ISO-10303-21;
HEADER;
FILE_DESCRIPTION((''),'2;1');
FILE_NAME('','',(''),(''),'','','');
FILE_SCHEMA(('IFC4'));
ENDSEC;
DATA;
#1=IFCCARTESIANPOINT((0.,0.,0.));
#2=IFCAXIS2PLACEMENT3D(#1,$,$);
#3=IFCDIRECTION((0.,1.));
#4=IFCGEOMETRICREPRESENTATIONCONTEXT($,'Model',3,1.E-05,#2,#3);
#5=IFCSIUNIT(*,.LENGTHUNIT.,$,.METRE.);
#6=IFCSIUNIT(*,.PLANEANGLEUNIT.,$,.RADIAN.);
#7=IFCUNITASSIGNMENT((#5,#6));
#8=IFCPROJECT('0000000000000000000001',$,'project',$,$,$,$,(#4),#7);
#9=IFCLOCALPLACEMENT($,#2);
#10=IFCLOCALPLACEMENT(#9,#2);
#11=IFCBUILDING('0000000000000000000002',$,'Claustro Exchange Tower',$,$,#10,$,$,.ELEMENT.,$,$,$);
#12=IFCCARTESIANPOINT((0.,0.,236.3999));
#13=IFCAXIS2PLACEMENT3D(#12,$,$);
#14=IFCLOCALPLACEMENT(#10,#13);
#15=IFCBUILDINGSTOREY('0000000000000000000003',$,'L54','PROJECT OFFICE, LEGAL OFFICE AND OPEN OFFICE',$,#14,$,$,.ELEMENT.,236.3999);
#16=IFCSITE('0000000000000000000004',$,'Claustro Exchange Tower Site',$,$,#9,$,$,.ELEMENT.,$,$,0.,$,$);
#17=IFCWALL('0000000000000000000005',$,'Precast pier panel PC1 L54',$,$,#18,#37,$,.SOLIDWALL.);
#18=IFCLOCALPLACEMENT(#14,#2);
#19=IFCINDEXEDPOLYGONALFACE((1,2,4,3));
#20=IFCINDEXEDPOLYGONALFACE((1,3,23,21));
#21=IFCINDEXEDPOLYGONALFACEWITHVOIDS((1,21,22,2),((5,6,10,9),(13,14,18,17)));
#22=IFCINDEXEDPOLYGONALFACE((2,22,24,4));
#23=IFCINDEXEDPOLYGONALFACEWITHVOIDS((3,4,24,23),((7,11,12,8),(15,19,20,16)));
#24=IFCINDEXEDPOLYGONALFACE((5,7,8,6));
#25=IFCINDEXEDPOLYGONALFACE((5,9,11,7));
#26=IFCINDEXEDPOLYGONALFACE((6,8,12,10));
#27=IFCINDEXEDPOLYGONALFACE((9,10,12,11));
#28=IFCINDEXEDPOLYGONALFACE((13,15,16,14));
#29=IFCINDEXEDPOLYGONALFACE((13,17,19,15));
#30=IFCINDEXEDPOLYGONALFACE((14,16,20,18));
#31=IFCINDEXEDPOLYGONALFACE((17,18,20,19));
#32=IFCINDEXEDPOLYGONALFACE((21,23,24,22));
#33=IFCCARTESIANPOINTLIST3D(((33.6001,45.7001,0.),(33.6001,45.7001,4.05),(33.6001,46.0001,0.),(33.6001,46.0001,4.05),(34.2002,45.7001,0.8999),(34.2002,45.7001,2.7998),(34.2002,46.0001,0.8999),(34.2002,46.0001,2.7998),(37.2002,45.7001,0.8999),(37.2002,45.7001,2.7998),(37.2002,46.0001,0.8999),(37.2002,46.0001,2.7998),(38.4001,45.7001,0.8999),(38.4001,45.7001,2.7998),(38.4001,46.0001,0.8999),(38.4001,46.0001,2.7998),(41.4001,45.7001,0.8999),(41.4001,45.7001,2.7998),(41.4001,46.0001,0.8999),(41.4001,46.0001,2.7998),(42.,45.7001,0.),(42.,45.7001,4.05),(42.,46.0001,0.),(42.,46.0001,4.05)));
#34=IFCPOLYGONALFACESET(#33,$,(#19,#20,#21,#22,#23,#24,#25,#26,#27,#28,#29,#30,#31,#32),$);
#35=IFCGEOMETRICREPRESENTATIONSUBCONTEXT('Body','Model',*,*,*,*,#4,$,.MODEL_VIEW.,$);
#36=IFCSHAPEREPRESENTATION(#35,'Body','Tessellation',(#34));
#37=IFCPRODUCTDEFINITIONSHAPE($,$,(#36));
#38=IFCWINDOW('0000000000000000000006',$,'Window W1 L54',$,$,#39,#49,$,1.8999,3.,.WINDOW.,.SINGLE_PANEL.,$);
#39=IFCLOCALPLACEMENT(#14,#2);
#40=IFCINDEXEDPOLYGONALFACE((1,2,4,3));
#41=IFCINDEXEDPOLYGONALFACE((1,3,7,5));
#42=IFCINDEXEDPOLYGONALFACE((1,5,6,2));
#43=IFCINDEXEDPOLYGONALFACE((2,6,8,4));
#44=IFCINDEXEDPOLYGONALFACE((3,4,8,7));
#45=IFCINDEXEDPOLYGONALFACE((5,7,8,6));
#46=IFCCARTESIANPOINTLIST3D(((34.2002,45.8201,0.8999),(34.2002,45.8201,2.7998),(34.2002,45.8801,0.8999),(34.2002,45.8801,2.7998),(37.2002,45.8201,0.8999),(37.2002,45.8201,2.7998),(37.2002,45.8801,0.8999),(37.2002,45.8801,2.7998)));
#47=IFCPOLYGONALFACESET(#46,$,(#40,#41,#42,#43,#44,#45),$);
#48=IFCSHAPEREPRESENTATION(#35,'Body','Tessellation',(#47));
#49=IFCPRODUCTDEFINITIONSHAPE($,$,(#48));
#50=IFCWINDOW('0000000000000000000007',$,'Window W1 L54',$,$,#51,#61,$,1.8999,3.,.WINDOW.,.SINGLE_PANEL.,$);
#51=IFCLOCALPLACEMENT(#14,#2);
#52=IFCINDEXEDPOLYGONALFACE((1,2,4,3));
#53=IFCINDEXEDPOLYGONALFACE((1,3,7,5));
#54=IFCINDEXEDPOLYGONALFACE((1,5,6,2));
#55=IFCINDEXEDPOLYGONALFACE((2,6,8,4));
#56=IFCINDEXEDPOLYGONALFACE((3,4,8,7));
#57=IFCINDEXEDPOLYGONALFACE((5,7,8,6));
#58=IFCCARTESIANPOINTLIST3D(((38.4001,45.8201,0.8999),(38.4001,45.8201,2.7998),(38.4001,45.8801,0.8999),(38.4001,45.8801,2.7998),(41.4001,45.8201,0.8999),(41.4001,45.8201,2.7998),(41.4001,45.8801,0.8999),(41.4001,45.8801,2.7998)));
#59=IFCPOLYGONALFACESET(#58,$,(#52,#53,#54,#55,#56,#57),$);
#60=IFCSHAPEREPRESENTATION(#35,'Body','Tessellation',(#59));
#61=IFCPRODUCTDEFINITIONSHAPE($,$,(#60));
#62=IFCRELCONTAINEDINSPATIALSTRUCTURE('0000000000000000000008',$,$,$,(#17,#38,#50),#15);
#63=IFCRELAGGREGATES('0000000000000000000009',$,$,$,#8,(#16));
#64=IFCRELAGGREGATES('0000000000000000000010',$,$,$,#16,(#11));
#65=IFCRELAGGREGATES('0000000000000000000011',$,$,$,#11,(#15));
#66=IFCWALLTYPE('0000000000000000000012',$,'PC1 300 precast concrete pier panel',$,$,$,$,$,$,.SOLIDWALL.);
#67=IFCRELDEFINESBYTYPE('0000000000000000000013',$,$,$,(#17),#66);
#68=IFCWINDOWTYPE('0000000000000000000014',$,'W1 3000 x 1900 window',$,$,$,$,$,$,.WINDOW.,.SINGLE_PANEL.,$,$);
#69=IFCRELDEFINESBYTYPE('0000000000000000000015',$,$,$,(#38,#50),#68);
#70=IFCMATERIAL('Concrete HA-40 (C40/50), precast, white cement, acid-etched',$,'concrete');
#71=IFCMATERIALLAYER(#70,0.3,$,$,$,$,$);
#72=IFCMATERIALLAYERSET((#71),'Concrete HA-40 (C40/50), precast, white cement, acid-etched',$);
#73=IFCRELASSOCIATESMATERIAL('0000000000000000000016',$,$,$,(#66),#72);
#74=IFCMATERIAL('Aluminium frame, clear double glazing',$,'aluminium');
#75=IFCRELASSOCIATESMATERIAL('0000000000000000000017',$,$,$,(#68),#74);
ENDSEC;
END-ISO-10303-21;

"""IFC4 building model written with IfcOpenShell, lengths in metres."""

from ifc_helpers import new_model, si_unit, direction, frame, frame_2d, origin, place, context, subcontext, project, spatial, rectangle, extrude, material, layer, layer_set, type_object, element, fill, save


model = new_model("IFC4")

# Units and contexts
model_context = context("Model", 3, precision=1e-05, world=origin(), true_north=direction((0.0, 1.0)))
body_context = subcontext(model_context, "Body", "Model", "MODEL_VIEW")
ifc_project = project(units=[si_unit("LENGTHUNIT", "METRE"), si_unit("PLANEANGLEUNIT", "RADIAN")], contexts=[model_context])

# Site, building, storey
site_placement = place(None, origin())
site = spatial("IfcSite", under=ifc_project, at=site_placement, Name="Claustro Exchange Tower Site", CompositionType="ELEMENT", RefElevation=0.0)
building_placement = place(site_placement, origin())
building = spatial("IfcBuilding", under=site, at=building_placement, Name="Claustro Exchange Tower", CompositionType="ELEMENT")
storey_placement = place(building_placement, frame((0.0, 0.0, 236.3999)))
storey = spatial("IfcBuildingStorey", under=building, at=storey_placement, Name="L54", Description="PROJECT OFFICE, LEGAL OFFICE AND OPEN OFFICE", CompositionType="ELEMENT", Elevation=236.3999)

# Wall, openings, windows
ifc_material_1 = material(Name="Concrete HA-40 (C40/50), precast, white cement, acid-etched", Category="concrete")
ifc_layer_1 = layer(ifc_material_1, 0.3)
ifc_layer_set_1 = layer_set([ifc_layer_1], Name="Concrete HA-40 (C40/50), precast, white cement, acid-etched")
wall_type_1 = type_object("IfcWallType", Name="PC1 300 precast concrete pier panel", PredefinedType="SOLIDWALL", material=ifc_layer_set_1)
ifc_material_2 = material(Name="Aluminium frame, clear double glazing", Category="aluminium")
window_type = type_object("IfcWindowType", Name="W1 3000 x 1900 window", PartitioningType="SINGLE_PANEL", PredefinedType="WINDOW", material=ifc_material_2)
wall_1_placement = place(storey_placement, frame((33.6001, 45.8501, 0.0), z_axis=(0.0, 0.0, 1.0), x_axis=(1.0, 0.0, 0.0)))
wall_1 = element("IfcWall", 1, at=wall_1_placement, inside=storey, type_object=wall_type_1, Name="Precast pier panel PC1 L54", PredefinedType="SOLIDWALL", context=body_context, shape_type="SweptSolid", body=[
    extrude(rectangle(XDim=8.3999, YDim=0.3, at=frame_2d((4.2, 0.0))), origin(), (0.0, 0.0, 1.0), 4.05),
])
opening_1_placement = place(wall_1_placement, frame((0.6001, 0.0, 0.8999)))
opening_1 = element("IfcOpeningElement", 2, at=opening_1_placement, cuts=wall_1, PredefinedType="OPENING", context=body_context, shape_type="SweptSolid", body=[
    extrude(rectangle(XDim=3.0, YDim=1.8999, at=frame_2d((1.5, 0.95))), frame((0.0, 0.1599, 0.0), z_axis=(0.0, -1.0, 0.0), x_axis=(1.0, 0.0, 0.0)), (0.0, 0.0, 1.0), 0.3201),
])
opening_2_placement = place(wall_1_placement, frame((4.8, 0.0, 0.8999)))
opening_2 = element("IfcOpeningElement", 3, at=opening_2_placement, cuts=wall_1, PredefinedType="OPENING", context=body_context, shape_type="SweptSolid", body=[
    extrude(rectangle(XDim=3.0, YDim=1.8999, at=frame_2d((1.5, 0.95))), frame((0.0, 0.1599, 0.0), z_axis=(0.0, -1.0, 0.0), x_axis=(1.0, 0.0, 0.0)), (0.0, 0.0, 1.0), 0.3201),
])
window_1_placement = place(opening_1_placement, origin())
window_1 = element("IfcWindow", 4, at=window_1_placement, inside=storey, type_object=window_type, Name="Window W1 L54", OverallHeight=1.8999, OverallWidth=3.0, PartitioningType="SINGLE_PANEL", PredefinedType="WINDOW", context=body_context, shape_type="SweptSolid", body=[
    extrude(rectangle(XDim=3.0, YDim=1.8999, at=frame_2d((1.5, 0.95))), frame((0.0, 0.03, 0.0), z_axis=(0.0, -1.0, 0.0), x_axis=(1.0, 0.0, 0.0)), (0.0, 0.0, 1.0), 0.0601),
])
fill(opening_1, window_1)
window_2_placement = place(opening_2_placement, origin())
window_2 = element("IfcWindow", 5, at=window_2_placement, inside=storey, type_object=window_type, Name="Window W1 L54", OverallHeight=1.8999, OverallWidth=3.0, PartitioningType="SINGLE_PANEL", PredefinedType="WINDOW", context=body_context, shape_type="SweptSolid", body=[
    extrude(rectangle(XDim=3.0, YDim=1.8999, at=frame_2d((1.5, 0.95))), frame((0.0, 0.03, 0.0), z_axis=(0.0, -1.0, 0.0), x_axis=(1.0, 0.0, 0.0)), (0.0, 0.0, 1.0), 0.0601),
])
fill(opening_2, window_2)

save(model, "model.ifc")
